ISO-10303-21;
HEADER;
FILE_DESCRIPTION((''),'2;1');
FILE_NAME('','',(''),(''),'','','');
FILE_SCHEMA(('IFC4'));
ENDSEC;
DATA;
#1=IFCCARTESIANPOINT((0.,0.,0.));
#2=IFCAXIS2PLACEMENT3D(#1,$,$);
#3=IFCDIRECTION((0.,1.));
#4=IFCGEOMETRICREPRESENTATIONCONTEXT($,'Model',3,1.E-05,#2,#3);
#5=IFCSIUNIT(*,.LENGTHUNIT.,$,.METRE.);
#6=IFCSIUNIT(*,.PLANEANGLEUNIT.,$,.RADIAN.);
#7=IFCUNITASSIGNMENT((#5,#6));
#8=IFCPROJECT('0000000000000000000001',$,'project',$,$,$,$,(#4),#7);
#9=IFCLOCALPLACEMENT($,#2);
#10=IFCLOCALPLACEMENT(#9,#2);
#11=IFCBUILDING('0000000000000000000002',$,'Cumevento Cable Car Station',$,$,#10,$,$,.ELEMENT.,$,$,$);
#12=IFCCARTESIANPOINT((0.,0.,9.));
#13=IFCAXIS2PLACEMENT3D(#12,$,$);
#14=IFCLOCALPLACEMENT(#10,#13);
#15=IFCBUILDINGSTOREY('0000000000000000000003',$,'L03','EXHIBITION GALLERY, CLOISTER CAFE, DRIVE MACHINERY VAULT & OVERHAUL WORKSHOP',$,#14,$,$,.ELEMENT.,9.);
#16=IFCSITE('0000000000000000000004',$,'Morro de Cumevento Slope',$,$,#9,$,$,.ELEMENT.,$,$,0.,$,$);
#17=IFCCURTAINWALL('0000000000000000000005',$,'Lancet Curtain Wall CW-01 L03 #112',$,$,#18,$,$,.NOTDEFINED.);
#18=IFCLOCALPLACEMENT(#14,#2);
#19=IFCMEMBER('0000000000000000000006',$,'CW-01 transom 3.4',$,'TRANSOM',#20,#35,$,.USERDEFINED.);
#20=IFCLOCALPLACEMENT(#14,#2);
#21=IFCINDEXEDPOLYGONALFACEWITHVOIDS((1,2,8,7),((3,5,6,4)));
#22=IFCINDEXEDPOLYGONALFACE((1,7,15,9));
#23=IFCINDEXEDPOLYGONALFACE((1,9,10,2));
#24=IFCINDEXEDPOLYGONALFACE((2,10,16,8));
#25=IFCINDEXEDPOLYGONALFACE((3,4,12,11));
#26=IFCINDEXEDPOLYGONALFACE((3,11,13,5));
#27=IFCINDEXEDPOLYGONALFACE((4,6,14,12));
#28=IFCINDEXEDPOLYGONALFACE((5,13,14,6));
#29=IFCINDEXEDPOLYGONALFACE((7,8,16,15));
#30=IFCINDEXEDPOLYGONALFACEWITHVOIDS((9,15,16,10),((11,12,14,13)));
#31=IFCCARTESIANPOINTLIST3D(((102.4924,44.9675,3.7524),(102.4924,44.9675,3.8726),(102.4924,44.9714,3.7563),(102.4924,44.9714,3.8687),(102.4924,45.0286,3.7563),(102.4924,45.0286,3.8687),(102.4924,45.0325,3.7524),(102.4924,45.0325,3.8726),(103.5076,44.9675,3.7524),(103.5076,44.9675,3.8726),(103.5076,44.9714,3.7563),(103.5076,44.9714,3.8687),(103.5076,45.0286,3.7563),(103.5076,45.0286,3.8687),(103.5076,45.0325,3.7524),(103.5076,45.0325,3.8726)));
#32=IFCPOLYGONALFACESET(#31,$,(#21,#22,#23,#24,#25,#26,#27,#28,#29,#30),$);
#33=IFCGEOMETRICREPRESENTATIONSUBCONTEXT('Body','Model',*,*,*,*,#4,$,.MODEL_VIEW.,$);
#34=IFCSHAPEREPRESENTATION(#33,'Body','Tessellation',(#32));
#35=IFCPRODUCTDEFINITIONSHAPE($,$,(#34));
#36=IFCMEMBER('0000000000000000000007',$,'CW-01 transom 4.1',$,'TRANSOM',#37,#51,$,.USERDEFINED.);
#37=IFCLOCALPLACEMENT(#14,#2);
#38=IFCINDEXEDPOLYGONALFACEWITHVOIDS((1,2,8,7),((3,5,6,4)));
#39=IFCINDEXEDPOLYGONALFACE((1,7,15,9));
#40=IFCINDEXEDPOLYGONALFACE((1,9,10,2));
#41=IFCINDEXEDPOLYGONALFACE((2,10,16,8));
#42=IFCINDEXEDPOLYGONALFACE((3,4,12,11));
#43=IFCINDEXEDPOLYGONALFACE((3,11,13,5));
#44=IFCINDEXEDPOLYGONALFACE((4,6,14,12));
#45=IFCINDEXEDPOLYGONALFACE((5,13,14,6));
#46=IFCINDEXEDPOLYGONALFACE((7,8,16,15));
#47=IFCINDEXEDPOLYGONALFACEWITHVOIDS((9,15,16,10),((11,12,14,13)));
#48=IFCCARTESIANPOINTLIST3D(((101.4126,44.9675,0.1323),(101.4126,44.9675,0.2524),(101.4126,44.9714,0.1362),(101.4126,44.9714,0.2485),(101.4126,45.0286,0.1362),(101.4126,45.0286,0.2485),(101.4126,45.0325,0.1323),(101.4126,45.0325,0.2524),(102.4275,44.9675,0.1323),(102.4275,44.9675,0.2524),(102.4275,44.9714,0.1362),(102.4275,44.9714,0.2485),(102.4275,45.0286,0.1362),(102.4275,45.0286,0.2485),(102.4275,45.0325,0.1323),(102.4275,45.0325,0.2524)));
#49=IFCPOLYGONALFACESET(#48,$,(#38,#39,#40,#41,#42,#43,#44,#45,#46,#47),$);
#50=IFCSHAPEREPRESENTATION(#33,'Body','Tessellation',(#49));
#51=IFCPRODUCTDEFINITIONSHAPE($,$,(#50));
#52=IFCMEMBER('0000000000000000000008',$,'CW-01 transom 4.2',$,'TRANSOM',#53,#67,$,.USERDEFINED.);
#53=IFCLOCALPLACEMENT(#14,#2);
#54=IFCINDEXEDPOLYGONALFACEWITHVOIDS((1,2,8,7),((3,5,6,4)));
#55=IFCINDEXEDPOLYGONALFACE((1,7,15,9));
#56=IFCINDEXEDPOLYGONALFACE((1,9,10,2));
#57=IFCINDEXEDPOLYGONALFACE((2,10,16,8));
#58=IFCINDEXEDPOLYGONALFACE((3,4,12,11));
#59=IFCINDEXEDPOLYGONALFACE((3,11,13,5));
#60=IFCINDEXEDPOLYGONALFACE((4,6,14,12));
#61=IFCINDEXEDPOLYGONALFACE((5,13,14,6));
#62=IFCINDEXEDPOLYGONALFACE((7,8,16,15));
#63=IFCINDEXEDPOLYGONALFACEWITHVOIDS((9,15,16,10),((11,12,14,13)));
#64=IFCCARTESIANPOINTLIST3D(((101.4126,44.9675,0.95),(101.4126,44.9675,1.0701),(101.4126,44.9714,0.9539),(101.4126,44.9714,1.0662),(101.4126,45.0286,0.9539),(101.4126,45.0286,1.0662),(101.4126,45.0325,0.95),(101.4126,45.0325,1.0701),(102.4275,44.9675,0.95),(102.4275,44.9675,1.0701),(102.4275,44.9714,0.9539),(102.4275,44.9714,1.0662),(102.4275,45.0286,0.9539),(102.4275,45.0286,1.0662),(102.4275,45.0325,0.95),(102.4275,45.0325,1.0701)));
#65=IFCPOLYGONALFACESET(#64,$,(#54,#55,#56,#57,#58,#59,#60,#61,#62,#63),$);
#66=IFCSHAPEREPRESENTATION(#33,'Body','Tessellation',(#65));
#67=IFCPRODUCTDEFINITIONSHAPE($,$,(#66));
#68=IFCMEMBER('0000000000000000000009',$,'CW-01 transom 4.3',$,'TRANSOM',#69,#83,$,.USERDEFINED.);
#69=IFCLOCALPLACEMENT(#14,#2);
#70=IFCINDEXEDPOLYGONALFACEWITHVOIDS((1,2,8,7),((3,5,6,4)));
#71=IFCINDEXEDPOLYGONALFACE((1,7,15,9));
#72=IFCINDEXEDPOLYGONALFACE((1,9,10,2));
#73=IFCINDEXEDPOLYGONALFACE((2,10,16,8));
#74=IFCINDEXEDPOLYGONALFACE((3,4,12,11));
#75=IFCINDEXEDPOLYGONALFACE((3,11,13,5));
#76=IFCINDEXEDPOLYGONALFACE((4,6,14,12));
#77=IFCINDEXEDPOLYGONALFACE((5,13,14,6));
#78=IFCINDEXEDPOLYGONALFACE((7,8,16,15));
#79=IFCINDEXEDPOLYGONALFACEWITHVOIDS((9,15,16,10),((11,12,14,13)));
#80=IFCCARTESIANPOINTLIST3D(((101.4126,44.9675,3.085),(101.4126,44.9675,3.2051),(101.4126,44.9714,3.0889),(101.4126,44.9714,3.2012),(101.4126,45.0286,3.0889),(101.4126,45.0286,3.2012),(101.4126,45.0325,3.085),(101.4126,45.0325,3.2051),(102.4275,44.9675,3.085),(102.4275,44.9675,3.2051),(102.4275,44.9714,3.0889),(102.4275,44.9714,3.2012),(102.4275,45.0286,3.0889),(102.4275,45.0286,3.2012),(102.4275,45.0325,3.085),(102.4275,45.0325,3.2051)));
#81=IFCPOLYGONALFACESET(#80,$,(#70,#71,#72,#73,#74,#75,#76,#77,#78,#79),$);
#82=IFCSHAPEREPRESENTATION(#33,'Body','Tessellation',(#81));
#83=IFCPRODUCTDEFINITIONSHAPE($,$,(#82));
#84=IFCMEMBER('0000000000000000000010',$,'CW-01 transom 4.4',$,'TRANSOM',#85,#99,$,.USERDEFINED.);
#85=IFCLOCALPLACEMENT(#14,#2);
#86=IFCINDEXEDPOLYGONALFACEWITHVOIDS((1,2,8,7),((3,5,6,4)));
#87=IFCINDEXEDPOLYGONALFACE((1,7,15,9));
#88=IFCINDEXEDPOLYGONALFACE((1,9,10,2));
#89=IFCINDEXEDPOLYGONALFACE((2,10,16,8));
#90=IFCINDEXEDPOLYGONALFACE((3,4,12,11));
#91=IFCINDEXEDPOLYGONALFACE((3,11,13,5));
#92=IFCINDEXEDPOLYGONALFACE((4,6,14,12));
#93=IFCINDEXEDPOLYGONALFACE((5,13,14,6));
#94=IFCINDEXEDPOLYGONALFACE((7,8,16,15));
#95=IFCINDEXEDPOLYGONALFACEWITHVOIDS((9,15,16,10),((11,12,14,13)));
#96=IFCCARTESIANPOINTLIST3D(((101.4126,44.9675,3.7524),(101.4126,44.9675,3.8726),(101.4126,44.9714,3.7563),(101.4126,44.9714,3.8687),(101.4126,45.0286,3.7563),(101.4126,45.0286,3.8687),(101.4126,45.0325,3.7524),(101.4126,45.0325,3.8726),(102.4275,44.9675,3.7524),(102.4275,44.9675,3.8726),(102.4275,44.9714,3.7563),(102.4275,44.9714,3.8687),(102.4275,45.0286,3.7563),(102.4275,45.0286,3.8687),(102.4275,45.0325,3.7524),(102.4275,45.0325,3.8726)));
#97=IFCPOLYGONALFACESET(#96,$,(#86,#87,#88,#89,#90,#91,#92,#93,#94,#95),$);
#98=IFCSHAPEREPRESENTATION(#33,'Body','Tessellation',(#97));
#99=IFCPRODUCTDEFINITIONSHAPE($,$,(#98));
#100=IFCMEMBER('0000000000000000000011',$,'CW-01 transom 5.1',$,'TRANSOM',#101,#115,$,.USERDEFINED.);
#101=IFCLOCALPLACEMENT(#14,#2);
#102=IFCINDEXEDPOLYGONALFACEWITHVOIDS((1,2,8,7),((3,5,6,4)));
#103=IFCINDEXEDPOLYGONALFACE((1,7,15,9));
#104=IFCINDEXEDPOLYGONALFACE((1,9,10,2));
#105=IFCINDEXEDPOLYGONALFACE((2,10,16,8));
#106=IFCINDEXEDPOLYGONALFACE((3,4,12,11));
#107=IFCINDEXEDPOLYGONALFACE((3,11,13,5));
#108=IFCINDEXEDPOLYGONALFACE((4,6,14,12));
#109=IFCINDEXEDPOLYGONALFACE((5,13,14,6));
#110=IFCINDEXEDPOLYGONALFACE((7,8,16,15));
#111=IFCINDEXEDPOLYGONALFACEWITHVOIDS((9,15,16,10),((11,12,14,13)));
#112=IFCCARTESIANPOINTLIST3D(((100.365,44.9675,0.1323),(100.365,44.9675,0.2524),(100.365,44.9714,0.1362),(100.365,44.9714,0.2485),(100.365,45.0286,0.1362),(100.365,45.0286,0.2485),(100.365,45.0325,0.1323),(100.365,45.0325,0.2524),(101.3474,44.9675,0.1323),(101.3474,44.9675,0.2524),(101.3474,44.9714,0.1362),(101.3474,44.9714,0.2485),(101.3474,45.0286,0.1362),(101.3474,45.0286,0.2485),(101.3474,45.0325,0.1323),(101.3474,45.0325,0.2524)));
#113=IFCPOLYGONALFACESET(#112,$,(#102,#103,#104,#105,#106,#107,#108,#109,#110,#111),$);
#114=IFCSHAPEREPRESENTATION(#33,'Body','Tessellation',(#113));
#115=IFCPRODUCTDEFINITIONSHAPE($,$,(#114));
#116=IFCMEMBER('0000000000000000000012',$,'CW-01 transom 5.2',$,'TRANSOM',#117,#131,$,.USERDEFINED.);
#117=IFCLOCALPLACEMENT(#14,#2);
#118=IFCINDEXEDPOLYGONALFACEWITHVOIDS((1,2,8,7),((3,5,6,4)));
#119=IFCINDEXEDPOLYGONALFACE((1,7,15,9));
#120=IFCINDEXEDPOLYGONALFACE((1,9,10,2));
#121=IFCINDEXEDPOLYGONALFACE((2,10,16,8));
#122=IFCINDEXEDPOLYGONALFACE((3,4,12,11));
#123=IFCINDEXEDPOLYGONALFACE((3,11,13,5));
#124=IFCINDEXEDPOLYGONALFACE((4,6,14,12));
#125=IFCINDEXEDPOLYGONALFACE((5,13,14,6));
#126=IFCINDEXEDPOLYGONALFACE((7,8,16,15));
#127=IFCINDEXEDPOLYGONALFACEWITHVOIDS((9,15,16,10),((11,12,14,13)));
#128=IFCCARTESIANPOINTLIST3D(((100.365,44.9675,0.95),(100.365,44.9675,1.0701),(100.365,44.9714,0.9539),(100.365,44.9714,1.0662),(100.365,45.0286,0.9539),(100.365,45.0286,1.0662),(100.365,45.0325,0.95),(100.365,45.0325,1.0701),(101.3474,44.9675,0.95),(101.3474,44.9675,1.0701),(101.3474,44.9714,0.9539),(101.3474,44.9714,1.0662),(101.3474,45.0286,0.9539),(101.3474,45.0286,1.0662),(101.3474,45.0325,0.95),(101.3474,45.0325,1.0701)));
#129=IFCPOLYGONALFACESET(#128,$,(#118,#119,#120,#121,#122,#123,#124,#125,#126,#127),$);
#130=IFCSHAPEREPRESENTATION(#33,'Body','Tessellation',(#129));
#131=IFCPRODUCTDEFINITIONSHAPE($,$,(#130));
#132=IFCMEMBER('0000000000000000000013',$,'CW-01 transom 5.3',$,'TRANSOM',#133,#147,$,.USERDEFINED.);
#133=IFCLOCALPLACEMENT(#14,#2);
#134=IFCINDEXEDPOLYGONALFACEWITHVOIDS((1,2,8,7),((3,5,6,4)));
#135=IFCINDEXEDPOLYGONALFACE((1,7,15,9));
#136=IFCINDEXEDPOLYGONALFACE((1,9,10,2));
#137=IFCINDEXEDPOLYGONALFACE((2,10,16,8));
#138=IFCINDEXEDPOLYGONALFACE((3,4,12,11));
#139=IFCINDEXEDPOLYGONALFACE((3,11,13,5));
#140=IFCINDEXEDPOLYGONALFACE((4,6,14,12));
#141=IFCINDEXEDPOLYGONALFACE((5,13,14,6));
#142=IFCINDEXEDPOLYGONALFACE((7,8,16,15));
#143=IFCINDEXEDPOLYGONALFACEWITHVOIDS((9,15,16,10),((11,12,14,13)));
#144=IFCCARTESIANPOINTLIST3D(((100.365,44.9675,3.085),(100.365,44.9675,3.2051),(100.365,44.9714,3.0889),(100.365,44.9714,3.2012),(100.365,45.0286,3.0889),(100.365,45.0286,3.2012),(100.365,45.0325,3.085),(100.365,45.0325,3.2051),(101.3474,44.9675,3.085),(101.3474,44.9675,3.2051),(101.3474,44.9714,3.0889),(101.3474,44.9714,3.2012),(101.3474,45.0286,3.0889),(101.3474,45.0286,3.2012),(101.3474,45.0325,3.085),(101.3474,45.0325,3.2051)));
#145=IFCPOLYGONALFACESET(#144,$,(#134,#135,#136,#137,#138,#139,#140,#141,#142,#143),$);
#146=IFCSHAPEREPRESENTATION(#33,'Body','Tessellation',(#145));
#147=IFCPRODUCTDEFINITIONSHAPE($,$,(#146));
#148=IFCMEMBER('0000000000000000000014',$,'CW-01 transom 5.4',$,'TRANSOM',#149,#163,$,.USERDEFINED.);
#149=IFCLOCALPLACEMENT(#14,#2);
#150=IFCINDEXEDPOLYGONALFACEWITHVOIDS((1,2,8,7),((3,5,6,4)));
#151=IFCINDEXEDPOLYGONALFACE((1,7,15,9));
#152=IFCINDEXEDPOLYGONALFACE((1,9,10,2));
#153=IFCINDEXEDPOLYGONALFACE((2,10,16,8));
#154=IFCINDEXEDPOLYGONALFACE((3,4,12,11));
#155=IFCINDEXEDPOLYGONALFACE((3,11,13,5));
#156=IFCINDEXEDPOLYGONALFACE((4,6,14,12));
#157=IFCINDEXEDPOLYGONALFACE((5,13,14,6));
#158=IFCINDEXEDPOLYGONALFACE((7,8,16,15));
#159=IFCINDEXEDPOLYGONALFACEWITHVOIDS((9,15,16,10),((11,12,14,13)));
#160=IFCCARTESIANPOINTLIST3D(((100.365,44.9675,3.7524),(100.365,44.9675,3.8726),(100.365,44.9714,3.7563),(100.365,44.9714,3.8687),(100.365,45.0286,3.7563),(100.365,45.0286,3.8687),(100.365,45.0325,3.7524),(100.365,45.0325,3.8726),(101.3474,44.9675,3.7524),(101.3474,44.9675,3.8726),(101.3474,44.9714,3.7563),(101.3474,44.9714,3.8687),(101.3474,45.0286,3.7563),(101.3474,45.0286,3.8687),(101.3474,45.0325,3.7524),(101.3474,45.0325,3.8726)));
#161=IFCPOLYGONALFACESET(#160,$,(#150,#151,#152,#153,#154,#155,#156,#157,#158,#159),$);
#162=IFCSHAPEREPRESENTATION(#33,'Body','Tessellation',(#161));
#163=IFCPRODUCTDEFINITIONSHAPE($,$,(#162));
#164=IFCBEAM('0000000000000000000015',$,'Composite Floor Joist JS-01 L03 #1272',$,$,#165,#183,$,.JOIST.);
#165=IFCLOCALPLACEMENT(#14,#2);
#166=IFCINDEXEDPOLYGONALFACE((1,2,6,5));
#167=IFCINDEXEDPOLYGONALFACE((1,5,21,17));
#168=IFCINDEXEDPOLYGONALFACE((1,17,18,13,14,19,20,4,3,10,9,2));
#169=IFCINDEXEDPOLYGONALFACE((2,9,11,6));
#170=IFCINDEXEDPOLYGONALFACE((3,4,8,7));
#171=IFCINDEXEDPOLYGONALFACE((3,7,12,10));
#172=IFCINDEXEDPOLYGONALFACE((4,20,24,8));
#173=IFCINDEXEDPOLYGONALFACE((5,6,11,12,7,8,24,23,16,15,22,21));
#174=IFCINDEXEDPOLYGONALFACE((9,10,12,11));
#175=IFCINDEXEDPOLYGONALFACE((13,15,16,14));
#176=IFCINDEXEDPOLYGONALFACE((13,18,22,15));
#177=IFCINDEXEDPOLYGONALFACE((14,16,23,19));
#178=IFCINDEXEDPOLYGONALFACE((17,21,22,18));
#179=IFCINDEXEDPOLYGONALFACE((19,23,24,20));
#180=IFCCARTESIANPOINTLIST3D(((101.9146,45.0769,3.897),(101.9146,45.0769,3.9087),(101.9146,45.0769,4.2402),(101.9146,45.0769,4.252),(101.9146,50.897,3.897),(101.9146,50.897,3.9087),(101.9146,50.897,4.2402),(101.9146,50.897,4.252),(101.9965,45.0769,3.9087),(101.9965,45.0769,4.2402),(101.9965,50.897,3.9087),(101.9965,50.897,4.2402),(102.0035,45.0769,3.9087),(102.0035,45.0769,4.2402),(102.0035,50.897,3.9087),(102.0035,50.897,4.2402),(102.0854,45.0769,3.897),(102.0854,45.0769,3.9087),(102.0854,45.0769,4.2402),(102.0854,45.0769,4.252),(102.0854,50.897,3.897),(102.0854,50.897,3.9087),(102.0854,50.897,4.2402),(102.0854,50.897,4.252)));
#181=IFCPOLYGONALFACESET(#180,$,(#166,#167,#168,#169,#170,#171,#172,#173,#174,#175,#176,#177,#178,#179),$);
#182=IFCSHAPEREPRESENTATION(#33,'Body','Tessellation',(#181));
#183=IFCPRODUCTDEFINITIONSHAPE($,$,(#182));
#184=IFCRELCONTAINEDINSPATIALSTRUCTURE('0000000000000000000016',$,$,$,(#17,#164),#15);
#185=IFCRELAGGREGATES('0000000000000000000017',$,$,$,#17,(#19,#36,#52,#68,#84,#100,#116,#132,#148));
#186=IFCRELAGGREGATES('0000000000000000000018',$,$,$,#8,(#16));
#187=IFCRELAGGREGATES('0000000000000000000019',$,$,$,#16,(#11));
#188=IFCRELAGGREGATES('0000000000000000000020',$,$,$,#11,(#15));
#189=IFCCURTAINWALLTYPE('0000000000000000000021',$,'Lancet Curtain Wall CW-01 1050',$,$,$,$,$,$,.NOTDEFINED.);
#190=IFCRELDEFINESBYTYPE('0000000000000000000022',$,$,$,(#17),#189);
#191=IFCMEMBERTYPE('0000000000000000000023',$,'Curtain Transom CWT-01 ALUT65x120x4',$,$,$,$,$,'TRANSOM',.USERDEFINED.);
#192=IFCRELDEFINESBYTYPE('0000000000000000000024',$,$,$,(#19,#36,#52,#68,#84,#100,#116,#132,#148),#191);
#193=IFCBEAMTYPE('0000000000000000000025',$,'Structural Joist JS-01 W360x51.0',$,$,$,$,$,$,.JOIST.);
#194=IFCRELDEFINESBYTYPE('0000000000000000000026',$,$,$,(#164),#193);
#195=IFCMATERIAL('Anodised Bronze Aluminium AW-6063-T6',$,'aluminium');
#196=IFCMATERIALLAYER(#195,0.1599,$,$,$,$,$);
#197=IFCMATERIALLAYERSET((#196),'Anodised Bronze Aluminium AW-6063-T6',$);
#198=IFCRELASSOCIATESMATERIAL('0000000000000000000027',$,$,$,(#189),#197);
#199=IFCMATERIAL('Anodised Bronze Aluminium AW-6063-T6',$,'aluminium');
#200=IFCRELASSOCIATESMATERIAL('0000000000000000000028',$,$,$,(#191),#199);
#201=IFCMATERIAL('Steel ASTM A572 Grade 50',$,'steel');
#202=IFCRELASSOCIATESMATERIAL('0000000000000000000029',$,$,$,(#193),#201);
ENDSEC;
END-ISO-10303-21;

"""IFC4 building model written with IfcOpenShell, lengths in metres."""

from ifc_helpers import new_model, si_unit, direction, frame, origin, origin_2d, place, context, subcontext, project, spatial, hollow_rectangle, i_section, extrude, material, layer, layer_set, material_profile, profile_set, type_object, element, aggregate, save


model = new_model("IFC4")

# Units and contexts
model_context = context("Model", 3, precision=1e-05, world=origin(), true_north=direction((0.0, 1.0)))
body_context = subcontext(model_context, "Body", "Model", "MODEL_VIEW")
ifc_project = project(units=[si_unit("LENGTHUNIT", "METRE"), si_unit("PLANEANGLEUNIT", "RADIAN")], contexts=[model_context])

# Site, building, storey
site_placement = place(None, origin())
site = spatial("IfcSite", under=ifc_project, at=site_placement, Name="Morro de Cumevento Slope", CompositionType="ELEMENT", RefElevation=0.0)
building_placement = place(site_placement, origin())
building = spatial("IfcBuilding", under=site, at=building_placement, Name="Cumevento Cable Car Station", CompositionType="ELEMENT")
storey_placement = place(building_placement, frame((0.0, 0.0, 9.0)))
storey = spatial("IfcBuildingStorey", under=building, at=storey_placement, Name="L03", Description="EXHIBITION GALLERY, CLOISTER CAFE, DRIVE MACHINERY VAULT & OVERHAUL WORKSHOP", CompositionType="ELEMENT", Elevation=9.0)

# Curtain wall, members
ifc_material_1 = material(Name="Anodised Bronze Aluminium AW-6063-T6", Category="aluminium")
ifc_layer_1 = layer(ifc_material_1, 0.1599)
ifc_layer_set_1 = layer_set([ifc_layer_1], Name="Anodised Bronze Aluminium AW-6063-T6")
curtain_wall_type = type_object("IfcCurtainWallType", Name="Lancet Curtain Wall CW-01 1050", PredefinedType="NOTDEFINED", material=ifc_layer_set_1)
curtain_wall_placement = place(storey_placement, origin())
curtain_wall = element("IfcCurtainWall", 1, at=curtain_wall_placement, inside=storey, type_object=curtain_wall_type, Name="Lancet Curtain Wall CW-01 L03 #112", PredefinedType="NOTDEFINED")
ifc_material_2 = material(Name="Anodised Bronze Aluminium AW-6063-T6", Category="aluminium")
ifc_material_profile_1 = material_profile(ifc_material_2, hollow_rectangle(XDim=0.0649, YDim=0.1201, WallThickness=0.0039, at=origin_2d()), Name="ALUT65x120x4")
ifc_profile_set_1 = profile_set([ifc_material_profile_1], Name="Anodised Bronze Aluminium AW-6063-T6")
member_type_1 = type_object("IfcMemberType", Name="Curtain Transom CWT-01 ALUT65x120x4", ElementType="TRANSOM", PredefinedType="USERDEFINED", material=ifc_profile_set_1)
member_1_placement = place(storey_placement, frame((103.5076, 45.0, 3.8125), z_axis=(-1.0, 0.0, 0.0), x_axis=(0.0, -1.0, 0.0)))
member_1 = element("IfcMember", 2, at=member_1_placement, type_object=member_type_1, Name="CW-01 transom 3.4", ObjectType="TRANSOM", PredefinedType="USERDEFINED", context=body_context, shape_type="SweptSolid", body=[
    extrude(hollow_rectangle(XDim=0.0649, YDim=0.1201, WallThickness=0.0039, at=origin_2d()), origin(), (0.0, 0.0, 1.0), 1.0151),
])
member_2_placement = place(storey_placement, frame((102.4275, 45.0, 0.1924), z_axis=(-1.0, 0.0, 0.0), x_axis=(0.0, -1.0, 0.0)))
member_2 = element("IfcMember", 3, at=member_2_placement, type_object=member_type_1, Name="CW-01 transom 4.1", ObjectType="TRANSOM", PredefinedType="USERDEFINED", context=body_context, shape_type="SweptSolid", body=[
    extrude(hollow_rectangle(XDim=0.0649, YDim=0.1201, WallThickness=0.0039, at=origin_2d()), origin(), (0.0, 0.0, 1.0), 1.0149),
])
member_3_placement = place(storey_placement, frame((102.4275, 45.0, 1.01), z_axis=(-1.0, 0.0, 0.0), x_axis=(0.0, -1.0, 0.0)))
member_3 = element("IfcMember", 4, at=member_3_placement, type_object=member_type_1, Name="CW-01 transom 4.2", ObjectType="TRANSOM", PredefinedType="USERDEFINED", context=body_context, shape_type="SweptSolid", body=[
    extrude(hollow_rectangle(XDim=0.0649, YDim=0.1201, WallThickness=0.0039, at=origin_2d()), origin(), (0.0, 0.0, 1.0), 1.0149),
])
member_4_placement = place(storey_placement, frame((102.4275, 45.0, 3.145), z_axis=(-1.0, 0.0, 0.0), x_axis=(0.0, -1.0, 0.0)))
member_4 = element("IfcMember", 5, at=member_4_placement, type_object=member_type_1, Name="CW-01 transom 4.3", ObjectType="TRANSOM", PredefinedType="USERDEFINED", context=body_context, shape_type="SweptSolid", body=[
    extrude(hollow_rectangle(XDim=0.0649, YDim=0.1201, WallThickness=0.0039, at=origin_2d()), origin(), (0.0, 0.0, 1.0), 1.0149),
])
member_5_placement = place(storey_placement, frame((102.4275, 45.0, 3.8125), z_axis=(-1.0, 0.0, 0.0), x_axis=(0.0, -1.0, 0.0)))
member_5 = element("IfcMember", 6, at=member_5_placement, type_object=member_type_1, Name="CW-01 transom 4.4", ObjectType="TRANSOM", PredefinedType="USERDEFINED", context=body_context, shape_type="SweptSolid", body=[
    extrude(hollow_rectangle(XDim=0.0649, YDim=0.1201, WallThickness=0.0039, at=origin_2d()), origin(), (0.0, 0.0, 1.0), 1.0149),
])
member_6_placement = place(storey_placement, frame((101.3474, 45.0, 0.1924), z_axis=(-1.0, 0.0, 0.0), x_axis=(0.0, -1.0, 0.0)))
member_6 = element("IfcMember", 7, at=member_6_placement, type_object=member_type_1, Name="CW-01 transom 5.1", ObjectType="TRANSOM", PredefinedType="USERDEFINED", context=body_context, shape_type="SweptSolid", body=[
    extrude(hollow_rectangle(XDim=0.0649, YDim=0.1201, WallThickness=0.0039, at=origin_2d()), origin(), (0.0, 0.0, 1.0), 0.9824),
])
member_7_placement = place(storey_placement, frame((101.3474, 45.0, 1.01), z_axis=(-1.0, 0.0, 0.0), x_axis=(0.0, -1.0, 0.0)))
member_7 = element("IfcMember", 8, at=member_7_placement, type_object=member_type_1, Name="CW-01 transom 5.2", ObjectType="TRANSOM", PredefinedType="USERDEFINED", context=body_context, shape_type="SweptSolid", body=[
    extrude(hollow_rectangle(XDim=0.0649, YDim=0.1201, WallThickness=0.0039, at=origin_2d()), origin(), (0.0, 0.0, 1.0), 0.9824),
])
member_8_placement = place(storey_placement, frame((101.3474, 45.0, 3.145), z_axis=(-1.0, 0.0, 0.0), x_axis=(0.0, -1.0, 0.0)))
member_8 = element("IfcMember", 9, at=member_8_placement, type_object=member_type_1, Name="CW-01 transom 5.3", ObjectType="TRANSOM", PredefinedType="USERDEFINED", context=body_context, shape_type="SweptSolid", body=[
    extrude(hollow_rectangle(XDim=0.0649, YDim=0.1201, WallThickness=0.0039, at=origin_2d()), origin(), (0.0, 0.0, 1.0), 0.9824),
])
member_9_placement = place(storey_placement, frame((101.3474, 45.0, 3.8125), z_axis=(-1.0, 0.0, 0.0), x_axis=(0.0, -1.0, 0.0)))
member_9 = element("IfcMember", 10, at=member_9_placement, type_object=member_type_1, Name="CW-01 transom 5.4", ObjectType="TRANSOM", PredefinedType="USERDEFINED", context=body_context, shape_type="SweptSolid", body=[
    extrude(hollow_rectangle(XDim=0.0649, YDim=0.1201, WallThickness=0.0039, at=origin_2d()), origin(), (0.0, 0.0, 1.0), 0.9824),
])

# Beam
ifc_material_3 = material(Name="Steel ASTM A572 Grade 50", Category="steel")
ifc_material_profile_2 = material_profile(ifc_material_3, i_section(OverallWidth=0.1709, OverallDepth=0.355, WebThickness=0.0071, FlangeThickness=0.0117, at=origin_2d()), Name="W360x51.0")
ifc_profile_set_2 = profile_set([ifc_material_profile_2], Name="Steel ASTM A572 Grade 50")
beam_type_1 = type_object("IfcBeamType", Name="Structural Joist JS-01 W360x51.0", PredefinedType="JOIST", material=ifc_profile_set_2)
for number, where, z_axis, x_axis, name in (
    (11, (102.0, 45.0769, 4.0745), (0.0, 1.0, 0.0), (-1.0, 0.0, 0.0), "Composite Floor Joist JS-01 L03 #1272"),
):
    element("IfcBeam", number, at=place(storey_placement, frame(where, z_axis=z_axis, x_axis=x_axis)), inside=storey, type_object=beam_type_1, Name=name, PredefinedType="JOIST", context=body_context, shape_type="SweptSolid", body=[
        extrude(i_section(OverallWidth=0.1709, OverallDepth=0.355, WebThickness=0.0071, FlangeThickness=0.0117, at=origin_2d()), origin(), (0.0, 0.0, 1.0), 5.8201),
    ])

aggregate(curtain_wall, [member_1, member_2, member_3, member_4, member_5, member_6, member_7, member_8, member_9])

save(model, "model.ifc")
